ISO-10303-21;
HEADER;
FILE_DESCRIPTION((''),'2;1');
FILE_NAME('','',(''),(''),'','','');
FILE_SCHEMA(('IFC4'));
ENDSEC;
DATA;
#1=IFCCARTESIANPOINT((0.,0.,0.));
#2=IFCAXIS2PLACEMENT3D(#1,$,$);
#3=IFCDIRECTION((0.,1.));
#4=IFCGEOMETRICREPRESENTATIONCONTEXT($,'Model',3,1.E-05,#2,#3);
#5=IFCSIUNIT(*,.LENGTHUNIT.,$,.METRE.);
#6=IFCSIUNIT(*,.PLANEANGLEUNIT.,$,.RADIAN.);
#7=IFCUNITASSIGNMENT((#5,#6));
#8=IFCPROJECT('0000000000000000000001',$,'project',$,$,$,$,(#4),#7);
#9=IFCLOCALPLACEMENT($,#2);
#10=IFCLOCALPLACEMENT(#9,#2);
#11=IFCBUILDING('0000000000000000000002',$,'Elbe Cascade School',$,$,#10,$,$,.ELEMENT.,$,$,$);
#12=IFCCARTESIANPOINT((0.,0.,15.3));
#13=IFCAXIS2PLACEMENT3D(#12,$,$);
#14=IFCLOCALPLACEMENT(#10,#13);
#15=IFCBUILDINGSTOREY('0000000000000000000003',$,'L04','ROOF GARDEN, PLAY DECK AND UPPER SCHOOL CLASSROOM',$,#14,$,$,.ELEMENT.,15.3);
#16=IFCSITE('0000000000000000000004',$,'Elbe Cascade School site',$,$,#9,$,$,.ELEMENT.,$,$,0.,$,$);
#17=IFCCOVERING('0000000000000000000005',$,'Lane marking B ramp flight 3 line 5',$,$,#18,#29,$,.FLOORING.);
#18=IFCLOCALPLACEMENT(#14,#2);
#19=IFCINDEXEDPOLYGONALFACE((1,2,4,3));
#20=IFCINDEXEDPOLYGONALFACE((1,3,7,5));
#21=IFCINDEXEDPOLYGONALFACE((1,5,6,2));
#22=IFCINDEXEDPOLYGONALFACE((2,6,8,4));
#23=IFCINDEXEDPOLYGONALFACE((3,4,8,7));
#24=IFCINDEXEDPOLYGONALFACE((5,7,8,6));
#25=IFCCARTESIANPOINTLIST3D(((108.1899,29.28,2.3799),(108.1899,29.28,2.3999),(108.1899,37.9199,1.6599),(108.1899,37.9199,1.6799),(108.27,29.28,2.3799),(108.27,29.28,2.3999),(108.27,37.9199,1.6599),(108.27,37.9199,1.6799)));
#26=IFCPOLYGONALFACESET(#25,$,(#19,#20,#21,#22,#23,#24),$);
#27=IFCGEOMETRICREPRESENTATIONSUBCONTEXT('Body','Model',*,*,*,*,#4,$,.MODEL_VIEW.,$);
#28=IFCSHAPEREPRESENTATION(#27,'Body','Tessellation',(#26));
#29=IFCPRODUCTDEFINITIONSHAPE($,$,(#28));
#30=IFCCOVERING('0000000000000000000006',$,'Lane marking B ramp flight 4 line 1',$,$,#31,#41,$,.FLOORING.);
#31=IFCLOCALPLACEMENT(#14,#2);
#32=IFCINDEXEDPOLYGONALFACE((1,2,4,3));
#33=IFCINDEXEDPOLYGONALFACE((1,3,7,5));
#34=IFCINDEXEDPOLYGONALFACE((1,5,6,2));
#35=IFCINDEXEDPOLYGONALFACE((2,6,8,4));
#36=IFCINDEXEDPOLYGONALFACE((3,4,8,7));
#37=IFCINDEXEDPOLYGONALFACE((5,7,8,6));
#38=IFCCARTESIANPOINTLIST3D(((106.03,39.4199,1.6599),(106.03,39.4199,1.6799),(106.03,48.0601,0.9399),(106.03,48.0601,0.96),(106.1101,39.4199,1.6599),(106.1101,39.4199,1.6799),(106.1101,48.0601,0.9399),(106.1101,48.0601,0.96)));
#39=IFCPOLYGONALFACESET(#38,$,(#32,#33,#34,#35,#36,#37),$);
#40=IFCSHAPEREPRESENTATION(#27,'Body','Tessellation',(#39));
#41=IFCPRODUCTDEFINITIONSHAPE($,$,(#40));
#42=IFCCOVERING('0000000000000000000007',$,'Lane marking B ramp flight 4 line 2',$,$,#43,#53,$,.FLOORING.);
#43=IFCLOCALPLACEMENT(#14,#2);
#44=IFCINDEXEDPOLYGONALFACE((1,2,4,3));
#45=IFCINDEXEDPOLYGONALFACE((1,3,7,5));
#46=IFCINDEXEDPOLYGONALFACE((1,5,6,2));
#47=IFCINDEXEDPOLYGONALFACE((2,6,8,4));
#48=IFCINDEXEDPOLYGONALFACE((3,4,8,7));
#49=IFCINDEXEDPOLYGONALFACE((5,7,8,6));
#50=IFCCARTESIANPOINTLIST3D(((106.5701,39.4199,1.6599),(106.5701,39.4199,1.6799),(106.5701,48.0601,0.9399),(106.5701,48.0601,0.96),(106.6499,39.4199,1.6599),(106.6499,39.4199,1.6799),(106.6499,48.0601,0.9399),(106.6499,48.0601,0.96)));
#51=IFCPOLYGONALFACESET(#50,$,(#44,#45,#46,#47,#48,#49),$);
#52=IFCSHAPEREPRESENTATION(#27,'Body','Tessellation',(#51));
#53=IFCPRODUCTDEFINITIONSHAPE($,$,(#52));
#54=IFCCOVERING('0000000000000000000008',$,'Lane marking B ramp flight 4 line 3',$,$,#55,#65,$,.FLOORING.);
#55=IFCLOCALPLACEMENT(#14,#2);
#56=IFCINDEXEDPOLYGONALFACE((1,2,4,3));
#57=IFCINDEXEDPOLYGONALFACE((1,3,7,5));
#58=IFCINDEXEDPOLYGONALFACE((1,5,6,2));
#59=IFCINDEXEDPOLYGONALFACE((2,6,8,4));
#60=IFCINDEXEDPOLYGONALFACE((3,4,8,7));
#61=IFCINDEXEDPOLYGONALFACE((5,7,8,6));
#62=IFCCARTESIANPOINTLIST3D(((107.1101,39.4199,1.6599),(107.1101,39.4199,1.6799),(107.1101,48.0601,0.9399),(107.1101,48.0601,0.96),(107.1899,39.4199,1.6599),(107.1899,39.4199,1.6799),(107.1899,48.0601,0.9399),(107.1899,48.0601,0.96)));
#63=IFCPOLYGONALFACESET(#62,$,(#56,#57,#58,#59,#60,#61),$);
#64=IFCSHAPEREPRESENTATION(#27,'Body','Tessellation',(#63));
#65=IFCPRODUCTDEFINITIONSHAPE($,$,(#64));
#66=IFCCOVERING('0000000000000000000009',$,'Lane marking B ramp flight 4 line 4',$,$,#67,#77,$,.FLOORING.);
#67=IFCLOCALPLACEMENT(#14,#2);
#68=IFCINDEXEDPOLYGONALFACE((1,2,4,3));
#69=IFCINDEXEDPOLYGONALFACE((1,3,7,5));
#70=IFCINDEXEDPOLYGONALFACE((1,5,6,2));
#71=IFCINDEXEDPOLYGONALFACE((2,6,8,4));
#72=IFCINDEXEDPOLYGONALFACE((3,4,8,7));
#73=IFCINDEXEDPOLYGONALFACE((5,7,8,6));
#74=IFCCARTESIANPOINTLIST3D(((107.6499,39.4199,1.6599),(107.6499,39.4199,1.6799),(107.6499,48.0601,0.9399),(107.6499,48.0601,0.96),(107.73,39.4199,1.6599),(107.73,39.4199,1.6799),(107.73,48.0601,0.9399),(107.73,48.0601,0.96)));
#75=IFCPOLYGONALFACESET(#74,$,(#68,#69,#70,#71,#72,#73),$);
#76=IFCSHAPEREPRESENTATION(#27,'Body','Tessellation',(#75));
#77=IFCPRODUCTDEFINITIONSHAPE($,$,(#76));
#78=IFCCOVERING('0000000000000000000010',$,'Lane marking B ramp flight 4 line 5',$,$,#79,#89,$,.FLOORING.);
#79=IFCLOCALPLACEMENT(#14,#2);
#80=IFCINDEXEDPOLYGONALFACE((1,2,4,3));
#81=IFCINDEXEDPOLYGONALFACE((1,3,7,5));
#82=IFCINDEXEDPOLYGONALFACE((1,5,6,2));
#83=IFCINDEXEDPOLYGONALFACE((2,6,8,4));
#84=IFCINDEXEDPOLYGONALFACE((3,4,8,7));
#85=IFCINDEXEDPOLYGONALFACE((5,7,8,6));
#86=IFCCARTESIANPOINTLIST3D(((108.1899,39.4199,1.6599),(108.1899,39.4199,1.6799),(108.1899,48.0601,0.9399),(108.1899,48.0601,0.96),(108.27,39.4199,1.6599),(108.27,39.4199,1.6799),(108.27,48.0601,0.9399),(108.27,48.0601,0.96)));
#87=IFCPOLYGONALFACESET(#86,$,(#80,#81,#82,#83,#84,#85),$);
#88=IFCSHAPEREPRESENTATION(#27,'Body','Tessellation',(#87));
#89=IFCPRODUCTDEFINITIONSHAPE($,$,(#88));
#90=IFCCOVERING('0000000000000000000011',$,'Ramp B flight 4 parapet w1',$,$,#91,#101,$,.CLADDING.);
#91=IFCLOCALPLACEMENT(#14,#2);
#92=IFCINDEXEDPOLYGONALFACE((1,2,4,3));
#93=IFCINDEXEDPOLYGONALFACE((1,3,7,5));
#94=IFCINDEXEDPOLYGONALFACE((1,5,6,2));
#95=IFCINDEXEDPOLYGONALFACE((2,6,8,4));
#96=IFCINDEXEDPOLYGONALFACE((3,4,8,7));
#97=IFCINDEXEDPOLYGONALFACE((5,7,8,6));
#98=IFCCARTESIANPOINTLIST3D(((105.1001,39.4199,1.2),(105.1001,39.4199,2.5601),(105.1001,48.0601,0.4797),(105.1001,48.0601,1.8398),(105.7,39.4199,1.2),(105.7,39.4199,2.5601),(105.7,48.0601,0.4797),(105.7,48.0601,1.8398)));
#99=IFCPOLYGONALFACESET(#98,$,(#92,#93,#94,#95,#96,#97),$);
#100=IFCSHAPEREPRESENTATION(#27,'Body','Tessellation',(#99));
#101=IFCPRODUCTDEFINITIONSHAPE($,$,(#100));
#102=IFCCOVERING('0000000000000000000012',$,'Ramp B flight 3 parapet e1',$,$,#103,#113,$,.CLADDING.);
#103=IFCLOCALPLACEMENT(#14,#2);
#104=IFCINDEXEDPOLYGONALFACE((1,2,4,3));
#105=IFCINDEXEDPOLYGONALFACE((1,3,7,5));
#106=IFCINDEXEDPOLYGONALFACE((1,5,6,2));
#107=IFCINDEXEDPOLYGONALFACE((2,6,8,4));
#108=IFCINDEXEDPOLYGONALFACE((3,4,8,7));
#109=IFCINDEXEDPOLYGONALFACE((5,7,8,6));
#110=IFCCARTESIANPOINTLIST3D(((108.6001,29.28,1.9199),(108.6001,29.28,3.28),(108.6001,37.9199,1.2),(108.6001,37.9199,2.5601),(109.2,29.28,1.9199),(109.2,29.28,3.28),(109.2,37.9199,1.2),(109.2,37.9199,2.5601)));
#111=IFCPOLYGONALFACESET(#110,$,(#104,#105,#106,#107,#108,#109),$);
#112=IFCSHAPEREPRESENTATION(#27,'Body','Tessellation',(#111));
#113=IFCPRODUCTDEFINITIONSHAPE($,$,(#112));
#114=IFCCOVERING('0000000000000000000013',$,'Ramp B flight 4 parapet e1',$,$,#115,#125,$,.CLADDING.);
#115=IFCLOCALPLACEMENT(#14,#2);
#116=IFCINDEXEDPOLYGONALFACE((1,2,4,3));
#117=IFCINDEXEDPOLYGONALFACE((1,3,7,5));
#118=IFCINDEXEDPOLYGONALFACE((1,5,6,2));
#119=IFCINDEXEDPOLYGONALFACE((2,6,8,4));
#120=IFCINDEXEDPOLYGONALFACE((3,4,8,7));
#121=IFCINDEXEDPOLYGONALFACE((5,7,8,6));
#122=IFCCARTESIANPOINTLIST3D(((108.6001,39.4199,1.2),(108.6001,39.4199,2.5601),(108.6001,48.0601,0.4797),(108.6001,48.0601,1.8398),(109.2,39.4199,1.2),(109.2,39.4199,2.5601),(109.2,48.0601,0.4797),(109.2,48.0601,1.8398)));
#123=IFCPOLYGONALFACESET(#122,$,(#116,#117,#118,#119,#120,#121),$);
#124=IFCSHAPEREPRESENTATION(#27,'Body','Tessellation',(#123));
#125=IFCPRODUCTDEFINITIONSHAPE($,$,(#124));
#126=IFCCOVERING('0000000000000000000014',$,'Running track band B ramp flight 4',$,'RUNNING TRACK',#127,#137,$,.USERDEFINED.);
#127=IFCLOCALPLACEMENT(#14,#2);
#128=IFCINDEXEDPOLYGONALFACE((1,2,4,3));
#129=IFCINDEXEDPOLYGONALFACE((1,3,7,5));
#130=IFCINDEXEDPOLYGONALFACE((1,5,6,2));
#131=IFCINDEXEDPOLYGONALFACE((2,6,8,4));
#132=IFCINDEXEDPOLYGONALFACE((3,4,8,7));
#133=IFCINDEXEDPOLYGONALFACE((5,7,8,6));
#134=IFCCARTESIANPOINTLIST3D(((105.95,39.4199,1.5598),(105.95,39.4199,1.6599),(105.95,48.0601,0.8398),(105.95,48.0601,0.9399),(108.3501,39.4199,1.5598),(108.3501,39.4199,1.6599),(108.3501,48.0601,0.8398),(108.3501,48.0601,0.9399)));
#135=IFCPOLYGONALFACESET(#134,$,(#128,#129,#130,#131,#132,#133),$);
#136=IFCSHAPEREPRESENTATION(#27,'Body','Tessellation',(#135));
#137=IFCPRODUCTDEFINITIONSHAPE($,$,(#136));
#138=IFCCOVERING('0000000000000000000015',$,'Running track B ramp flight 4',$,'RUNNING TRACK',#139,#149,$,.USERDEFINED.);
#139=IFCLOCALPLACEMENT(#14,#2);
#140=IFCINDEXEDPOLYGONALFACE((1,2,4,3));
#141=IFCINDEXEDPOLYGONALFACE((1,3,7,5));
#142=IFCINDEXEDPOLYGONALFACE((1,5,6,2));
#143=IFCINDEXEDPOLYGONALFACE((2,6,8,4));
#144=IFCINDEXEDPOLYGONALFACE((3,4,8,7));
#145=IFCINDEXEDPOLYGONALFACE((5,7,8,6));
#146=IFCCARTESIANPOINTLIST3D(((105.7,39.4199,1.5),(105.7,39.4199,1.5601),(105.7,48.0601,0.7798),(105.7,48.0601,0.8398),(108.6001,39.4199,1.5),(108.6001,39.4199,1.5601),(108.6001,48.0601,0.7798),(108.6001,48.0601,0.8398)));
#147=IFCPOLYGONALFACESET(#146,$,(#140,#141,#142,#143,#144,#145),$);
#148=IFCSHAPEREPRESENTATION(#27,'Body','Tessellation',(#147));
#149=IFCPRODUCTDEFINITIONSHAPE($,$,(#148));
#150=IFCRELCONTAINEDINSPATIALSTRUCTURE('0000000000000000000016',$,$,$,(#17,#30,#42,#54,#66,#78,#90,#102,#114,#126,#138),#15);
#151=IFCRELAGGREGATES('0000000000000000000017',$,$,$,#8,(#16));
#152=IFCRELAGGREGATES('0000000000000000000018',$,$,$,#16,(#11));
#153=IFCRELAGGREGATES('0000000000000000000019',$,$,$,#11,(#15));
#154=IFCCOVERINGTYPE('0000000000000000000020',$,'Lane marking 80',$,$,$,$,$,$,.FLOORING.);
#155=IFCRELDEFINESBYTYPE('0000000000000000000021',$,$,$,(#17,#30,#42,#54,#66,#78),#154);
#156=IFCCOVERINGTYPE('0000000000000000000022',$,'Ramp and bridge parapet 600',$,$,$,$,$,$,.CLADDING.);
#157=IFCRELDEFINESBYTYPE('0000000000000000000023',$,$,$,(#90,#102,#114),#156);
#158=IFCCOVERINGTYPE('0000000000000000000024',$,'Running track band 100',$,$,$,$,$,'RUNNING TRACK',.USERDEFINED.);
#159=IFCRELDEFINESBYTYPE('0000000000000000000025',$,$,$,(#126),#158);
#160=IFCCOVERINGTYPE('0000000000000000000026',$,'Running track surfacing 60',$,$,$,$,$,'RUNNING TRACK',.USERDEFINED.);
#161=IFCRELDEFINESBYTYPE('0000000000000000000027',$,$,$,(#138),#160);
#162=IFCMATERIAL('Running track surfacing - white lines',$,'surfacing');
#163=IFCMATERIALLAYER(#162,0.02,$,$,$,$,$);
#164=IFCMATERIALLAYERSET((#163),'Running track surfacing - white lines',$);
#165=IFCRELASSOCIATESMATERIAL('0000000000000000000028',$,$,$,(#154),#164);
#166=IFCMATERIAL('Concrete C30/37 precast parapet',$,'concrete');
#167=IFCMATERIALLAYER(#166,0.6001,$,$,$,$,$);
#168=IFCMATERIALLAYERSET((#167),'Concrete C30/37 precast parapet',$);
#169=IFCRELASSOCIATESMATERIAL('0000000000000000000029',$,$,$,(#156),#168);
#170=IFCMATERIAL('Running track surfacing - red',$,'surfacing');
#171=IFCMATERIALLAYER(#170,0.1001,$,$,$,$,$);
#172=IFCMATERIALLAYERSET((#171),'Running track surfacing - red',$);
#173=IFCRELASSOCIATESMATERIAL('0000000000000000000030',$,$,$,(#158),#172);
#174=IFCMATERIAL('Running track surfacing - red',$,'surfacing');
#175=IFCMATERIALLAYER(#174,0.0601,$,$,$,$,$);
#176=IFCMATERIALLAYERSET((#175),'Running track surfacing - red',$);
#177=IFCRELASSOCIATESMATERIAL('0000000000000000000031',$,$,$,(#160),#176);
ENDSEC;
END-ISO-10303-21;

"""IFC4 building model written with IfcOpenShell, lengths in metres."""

from ifc_helpers import new_model, si_unit, direction, frame, origin, place, context, subcontext, project, spatial, polyline, outline, extrude, material, layer, layer_set, type_object, element, save


model = new_model("IFC4")

# Units and contexts
model_context = context("Model", 3, precision=1e-05, world=origin(), true_north=direction((0.0, 1.0)))
body_context = subcontext(model_context, "Body", "Model", "MODEL_VIEW")
ifc_project = project(units=[si_unit("LENGTHUNIT", "METRE"), si_unit("PLANEANGLEUNIT", "RADIAN")], contexts=[model_context])

# Site, building, storey
site_placement = place(None, origin())
site = spatial("IfcSite", under=ifc_project, at=site_placement, Name="Elbe Cascade School site", CompositionType="ELEMENT", RefElevation=0.0)
building_placement = place(site_placement, origin())
building = spatial("IfcBuilding", under=site, at=building_placement, Name="Elbe Cascade School", CompositionType="ELEMENT")
storey_placement = place(building_placement, frame((0.0, 0.0, 15.3)))
storey = spatial("IfcBuildingStorey", under=building, at=storey_placement, Name="L04", Description="ROOF GARDEN, PLAY DECK AND UPPER SCHOOL CLASSROOM", CompositionType="ELEMENT", Elevation=15.3)

# Coverings
ifc_material_1 = material(Name="Running track surfacing - white lines", Category="surfacing")
ifc_layer_1 = layer(ifc_material_1, 0.02)
ifc_layer_set_1 = layer_set([ifc_layer_1], Name="Running track surfacing - white lines")
covering_type_1 = type_object("IfcCoveringType", Name="Lane marking 80", PredefinedType="FLOORING", material=ifc_layer_set_1)
for number, where, z_axis, x_axis, name in (
    (1, (108.1899, 29.28, 2.3999), (0.0, 0.083043, 0.996546), (0.0, 0.996546, -0.083043), "Lane marking B ramp flight 3 line 5"),
):
    element("IfcCovering", number, at=place(storey_placement, frame(where, z_axis=z_axis, x_axis=x_axis)), inside=storey, type_object=covering_type_1, Name=name, PredefinedType="FLOORING", context=body_context, shape_type="SweptSolid", body=[
        extrude(outline(polyline([(0.0, 0.0), (8.6698, 0.0), (8.6698, -0.0801), (0.0, -0.0801), (0.0, 0.0)])), origin(), (0.083043, 0.0, -0.996546), 0.02),
    ])
covering_1_placement = place(storey_placement, frame((106.03, 39.4199, 1.6799), z_axis=(0.0, 0.083041, 0.996546), x_axis=(0.0, 0.996546, -0.083041)))
element("IfcCovering", 2, at=covering_1_placement, inside=storey, type_object=covering_type_1, Name="Lane marking B ramp flight 4 line 1", PredefinedType="FLOORING", context=body_context, shape_type="SweptSolid", body=[
    extrude(outline(polyline([(0.0, 0.0), (8.6701, 0.0), (8.6701, -0.0801), (0.0, -0.0801), (0.0, 0.0)])), origin(), (0.083041, 0.0, -0.996546), 0.02),
])
for number, where, z_axis, x_axis, name in (
    (3, (106.5701, 39.4199, 1.6799), (0.0, 0.083041, 0.996546), (0.0, 0.996546, -0.083041), "Lane marking B ramp flight 4 line 2"),
    (4, (107.1101, 39.4199, 1.6799), (0.0, 0.083041, 0.996546), (0.0, 0.996546, -0.083041), "Lane marking B ramp flight 4 line 3"),
):
    element("IfcCovering", number, at=place(storey_placement, frame(where, z_axis=z_axis, x_axis=x_axis)), inside=storey, type_object=covering_type_1, Name=name, PredefinedType="FLOORING", context=body_context, shape_type="SweptSolid", body=[
        extrude(outline(polyline([(0.0, 0.0), (8.6701, 0.0), (8.6701, -0.0798), (0.0, -0.0798), (0.0, 0.0)])), origin(), (0.083041, 0.0, -0.996546), 0.02),
    ])
for number, where, z_axis, x_axis, name in (
    (5, (107.6499, 39.4199, 1.6799), (0.0, 0.083041, 0.996546), (0.0, 0.996546, -0.083041), "Lane marking B ramp flight 4 line 4"),
    (6, (108.1899, 39.4199, 1.6799), (0.0, 0.083041, 0.996546), (0.0, 0.996546, -0.083041), "Lane marking B ramp flight 4 line 5"),
):
    element("IfcCovering", number, at=place(storey_placement, frame(where, z_axis=z_axis, x_axis=x_axis)), inside=storey, type_object=covering_type_1, Name=name, PredefinedType="FLOORING", context=body_context, shape_type="SweptSolid", body=[
        extrude(outline(polyline([(0.0, 0.0), (8.6701, 0.0), (8.6701, -0.0801), (0.0, -0.0801), (0.0, 0.0)])), origin(), (0.083041, 0.0, -0.996546), 0.02),
    ])
ifc_material_2 = material(Name="Concrete C30/37 precast parapet", Category="concrete")
ifc_layer_2 = layer(ifc_material_2, 0.6001)
ifc_layer_set_2 = layer_set([ifc_layer_2], Name="Concrete C30/37 precast parapet")
covering_type_2 = type_object("IfcCoveringType", Name="Ramp and bridge parapet 600", PredefinedType="CLADDING", material=ifc_layer_set_2)
covering_2_placement = place(storey_placement, frame((105.1001, 39.4199, 2.5601), z_axis=(0.0, 0.083069, 0.996544), x_axis=(0.0, 0.996544, -0.083069)))
element("IfcCovering", 7, at=covering_2_placement, inside=storey, type_object=covering_type_2, Name="Ramp B flight 4 parapet w1", PredefinedType="CLADDING", context=body_context, shape_type="SweptSolid", body=[
    extrude(outline(polyline([(0.0, 0.0), (8.6701, 0.0), (8.6701, -0.5999), (0.0, -0.5999), (0.0, 0.0)])), origin(), (0.083069, 0.0, -0.996544), 1.3601),
])
covering_3_placement = place(storey_placement, frame((108.6001, 29.28, 3.28), z_axis=(0.0, 0.083043, 0.996546), x_axis=(0.0, 0.996546, -0.083043)))
element("IfcCovering", 8, at=covering_3_placement, inside=storey, type_object=covering_type_2, Name="Ramp B flight 3 parapet e1", PredefinedType="CLADDING", context=body_context, shape_type="SweptSolid", body=[
    extrude(outline(polyline([(0.0, 0.0), (8.6698, 0.0), (8.6698, -0.5999), (0.0, -0.5999), (0.0, 0.0)])), origin(), (0.083043, 0.0, -0.996546), 1.3601),
])
covering_4_placement = place(storey_placement, frame((108.6001, 39.4199, 2.5601), z_axis=(0.0, 0.083069, 0.996544), x_axis=(0.0, 0.996544, -0.083069)))
element("IfcCovering", 9, at=covering_4_placement, inside=storey, type_object=covering_type_2, Name="Ramp B flight 4 parapet e1", PredefinedType="CLADDING", context=body_context, shape_type="SweptSolid", body=[
    extrude(outline(polyline([(0.0, 0.0), (8.6701, 0.0), (8.6701, -0.5999), (0.0, -0.5999), (0.0, 0.0)])), origin(), (0.083069, 0.0, -0.996544), 1.3601),
])
ifc_material_3 = material(Name="Running track surfacing - red", Category="surfacing")
ifc_layer_3 = layer(ifc_material_3, 0.1001)
ifc_layer_set_3 = layer_set([ifc_layer_3], Name="Running track surfacing - red")
covering_type_3 = type_object("IfcCoveringType", Name="Running track band 100", ElementType="RUNNING TRACK", PredefinedType="USERDEFINED", material=ifc_layer_set_3)
covering_5_placement = place(storey_placement, frame((105.95, 39.4199, 1.6599), z_axis=(0.0, 0.083041, 0.996546), x_axis=(0.0, 0.996546, -0.083041)))
element("IfcCovering", 10, at=covering_5_placement, inside=storey, type_object=covering_type_3, Name="Running track band B ramp flight 4", ObjectType="RUNNING TRACK", PredefinedType="USERDEFINED", context=body_context, shape_type="SweptSolid", body=[
    extrude(outline(polyline([(0.0, 0.0), (8.6701, 0.0), (8.6701, -2.4001), (0.0, -2.4001), (0.0, 0.0)])), origin(), (0.083041, 0.0, -0.996546), 0.1001),
])
ifc_material_4 = material(Name="Running track surfacing - red", Category="surfacing")
ifc_layer_4 = layer(ifc_material_4, 0.0601)
ifc_layer_set_4 = layer_set([ifc_layer_4], Name="Running track surfacing - red")
covering_type_4 = type_object("IfcCoveringType", Name="Running track surfacing 60", ElementType="RUNNING TRACK", PredefinedType="USERDEFINED", material=ifc_layer_set_4)
covering_6_placement = place(storey_placement, frame((105.7, 39.4199, 1.5601), z_axis=(0.0, 0.083069, 0.996544), x_axis=(0.0, 0.996544, -0.083069)))
element("IfcCovering", 11, at=covering_6_placement, inside=storey, type_object=covering_type_4, Name="Running track B ramp flight 4", ObjectType="RUNNING TRACK", PredefinedType="USERDEFINED", context=body_context, shape_type="SweptSolid", body=[
    extrude(outline(polyline([(0.0, 0.0), (8.6701, 0.0), (8.6701, -2.9001), (0.0, -2.9001), (0.0, 0.0)])), origin(), (0.083069, 0.0, -0.996544), 0.0601),
])

save(model, "model.ifc")
